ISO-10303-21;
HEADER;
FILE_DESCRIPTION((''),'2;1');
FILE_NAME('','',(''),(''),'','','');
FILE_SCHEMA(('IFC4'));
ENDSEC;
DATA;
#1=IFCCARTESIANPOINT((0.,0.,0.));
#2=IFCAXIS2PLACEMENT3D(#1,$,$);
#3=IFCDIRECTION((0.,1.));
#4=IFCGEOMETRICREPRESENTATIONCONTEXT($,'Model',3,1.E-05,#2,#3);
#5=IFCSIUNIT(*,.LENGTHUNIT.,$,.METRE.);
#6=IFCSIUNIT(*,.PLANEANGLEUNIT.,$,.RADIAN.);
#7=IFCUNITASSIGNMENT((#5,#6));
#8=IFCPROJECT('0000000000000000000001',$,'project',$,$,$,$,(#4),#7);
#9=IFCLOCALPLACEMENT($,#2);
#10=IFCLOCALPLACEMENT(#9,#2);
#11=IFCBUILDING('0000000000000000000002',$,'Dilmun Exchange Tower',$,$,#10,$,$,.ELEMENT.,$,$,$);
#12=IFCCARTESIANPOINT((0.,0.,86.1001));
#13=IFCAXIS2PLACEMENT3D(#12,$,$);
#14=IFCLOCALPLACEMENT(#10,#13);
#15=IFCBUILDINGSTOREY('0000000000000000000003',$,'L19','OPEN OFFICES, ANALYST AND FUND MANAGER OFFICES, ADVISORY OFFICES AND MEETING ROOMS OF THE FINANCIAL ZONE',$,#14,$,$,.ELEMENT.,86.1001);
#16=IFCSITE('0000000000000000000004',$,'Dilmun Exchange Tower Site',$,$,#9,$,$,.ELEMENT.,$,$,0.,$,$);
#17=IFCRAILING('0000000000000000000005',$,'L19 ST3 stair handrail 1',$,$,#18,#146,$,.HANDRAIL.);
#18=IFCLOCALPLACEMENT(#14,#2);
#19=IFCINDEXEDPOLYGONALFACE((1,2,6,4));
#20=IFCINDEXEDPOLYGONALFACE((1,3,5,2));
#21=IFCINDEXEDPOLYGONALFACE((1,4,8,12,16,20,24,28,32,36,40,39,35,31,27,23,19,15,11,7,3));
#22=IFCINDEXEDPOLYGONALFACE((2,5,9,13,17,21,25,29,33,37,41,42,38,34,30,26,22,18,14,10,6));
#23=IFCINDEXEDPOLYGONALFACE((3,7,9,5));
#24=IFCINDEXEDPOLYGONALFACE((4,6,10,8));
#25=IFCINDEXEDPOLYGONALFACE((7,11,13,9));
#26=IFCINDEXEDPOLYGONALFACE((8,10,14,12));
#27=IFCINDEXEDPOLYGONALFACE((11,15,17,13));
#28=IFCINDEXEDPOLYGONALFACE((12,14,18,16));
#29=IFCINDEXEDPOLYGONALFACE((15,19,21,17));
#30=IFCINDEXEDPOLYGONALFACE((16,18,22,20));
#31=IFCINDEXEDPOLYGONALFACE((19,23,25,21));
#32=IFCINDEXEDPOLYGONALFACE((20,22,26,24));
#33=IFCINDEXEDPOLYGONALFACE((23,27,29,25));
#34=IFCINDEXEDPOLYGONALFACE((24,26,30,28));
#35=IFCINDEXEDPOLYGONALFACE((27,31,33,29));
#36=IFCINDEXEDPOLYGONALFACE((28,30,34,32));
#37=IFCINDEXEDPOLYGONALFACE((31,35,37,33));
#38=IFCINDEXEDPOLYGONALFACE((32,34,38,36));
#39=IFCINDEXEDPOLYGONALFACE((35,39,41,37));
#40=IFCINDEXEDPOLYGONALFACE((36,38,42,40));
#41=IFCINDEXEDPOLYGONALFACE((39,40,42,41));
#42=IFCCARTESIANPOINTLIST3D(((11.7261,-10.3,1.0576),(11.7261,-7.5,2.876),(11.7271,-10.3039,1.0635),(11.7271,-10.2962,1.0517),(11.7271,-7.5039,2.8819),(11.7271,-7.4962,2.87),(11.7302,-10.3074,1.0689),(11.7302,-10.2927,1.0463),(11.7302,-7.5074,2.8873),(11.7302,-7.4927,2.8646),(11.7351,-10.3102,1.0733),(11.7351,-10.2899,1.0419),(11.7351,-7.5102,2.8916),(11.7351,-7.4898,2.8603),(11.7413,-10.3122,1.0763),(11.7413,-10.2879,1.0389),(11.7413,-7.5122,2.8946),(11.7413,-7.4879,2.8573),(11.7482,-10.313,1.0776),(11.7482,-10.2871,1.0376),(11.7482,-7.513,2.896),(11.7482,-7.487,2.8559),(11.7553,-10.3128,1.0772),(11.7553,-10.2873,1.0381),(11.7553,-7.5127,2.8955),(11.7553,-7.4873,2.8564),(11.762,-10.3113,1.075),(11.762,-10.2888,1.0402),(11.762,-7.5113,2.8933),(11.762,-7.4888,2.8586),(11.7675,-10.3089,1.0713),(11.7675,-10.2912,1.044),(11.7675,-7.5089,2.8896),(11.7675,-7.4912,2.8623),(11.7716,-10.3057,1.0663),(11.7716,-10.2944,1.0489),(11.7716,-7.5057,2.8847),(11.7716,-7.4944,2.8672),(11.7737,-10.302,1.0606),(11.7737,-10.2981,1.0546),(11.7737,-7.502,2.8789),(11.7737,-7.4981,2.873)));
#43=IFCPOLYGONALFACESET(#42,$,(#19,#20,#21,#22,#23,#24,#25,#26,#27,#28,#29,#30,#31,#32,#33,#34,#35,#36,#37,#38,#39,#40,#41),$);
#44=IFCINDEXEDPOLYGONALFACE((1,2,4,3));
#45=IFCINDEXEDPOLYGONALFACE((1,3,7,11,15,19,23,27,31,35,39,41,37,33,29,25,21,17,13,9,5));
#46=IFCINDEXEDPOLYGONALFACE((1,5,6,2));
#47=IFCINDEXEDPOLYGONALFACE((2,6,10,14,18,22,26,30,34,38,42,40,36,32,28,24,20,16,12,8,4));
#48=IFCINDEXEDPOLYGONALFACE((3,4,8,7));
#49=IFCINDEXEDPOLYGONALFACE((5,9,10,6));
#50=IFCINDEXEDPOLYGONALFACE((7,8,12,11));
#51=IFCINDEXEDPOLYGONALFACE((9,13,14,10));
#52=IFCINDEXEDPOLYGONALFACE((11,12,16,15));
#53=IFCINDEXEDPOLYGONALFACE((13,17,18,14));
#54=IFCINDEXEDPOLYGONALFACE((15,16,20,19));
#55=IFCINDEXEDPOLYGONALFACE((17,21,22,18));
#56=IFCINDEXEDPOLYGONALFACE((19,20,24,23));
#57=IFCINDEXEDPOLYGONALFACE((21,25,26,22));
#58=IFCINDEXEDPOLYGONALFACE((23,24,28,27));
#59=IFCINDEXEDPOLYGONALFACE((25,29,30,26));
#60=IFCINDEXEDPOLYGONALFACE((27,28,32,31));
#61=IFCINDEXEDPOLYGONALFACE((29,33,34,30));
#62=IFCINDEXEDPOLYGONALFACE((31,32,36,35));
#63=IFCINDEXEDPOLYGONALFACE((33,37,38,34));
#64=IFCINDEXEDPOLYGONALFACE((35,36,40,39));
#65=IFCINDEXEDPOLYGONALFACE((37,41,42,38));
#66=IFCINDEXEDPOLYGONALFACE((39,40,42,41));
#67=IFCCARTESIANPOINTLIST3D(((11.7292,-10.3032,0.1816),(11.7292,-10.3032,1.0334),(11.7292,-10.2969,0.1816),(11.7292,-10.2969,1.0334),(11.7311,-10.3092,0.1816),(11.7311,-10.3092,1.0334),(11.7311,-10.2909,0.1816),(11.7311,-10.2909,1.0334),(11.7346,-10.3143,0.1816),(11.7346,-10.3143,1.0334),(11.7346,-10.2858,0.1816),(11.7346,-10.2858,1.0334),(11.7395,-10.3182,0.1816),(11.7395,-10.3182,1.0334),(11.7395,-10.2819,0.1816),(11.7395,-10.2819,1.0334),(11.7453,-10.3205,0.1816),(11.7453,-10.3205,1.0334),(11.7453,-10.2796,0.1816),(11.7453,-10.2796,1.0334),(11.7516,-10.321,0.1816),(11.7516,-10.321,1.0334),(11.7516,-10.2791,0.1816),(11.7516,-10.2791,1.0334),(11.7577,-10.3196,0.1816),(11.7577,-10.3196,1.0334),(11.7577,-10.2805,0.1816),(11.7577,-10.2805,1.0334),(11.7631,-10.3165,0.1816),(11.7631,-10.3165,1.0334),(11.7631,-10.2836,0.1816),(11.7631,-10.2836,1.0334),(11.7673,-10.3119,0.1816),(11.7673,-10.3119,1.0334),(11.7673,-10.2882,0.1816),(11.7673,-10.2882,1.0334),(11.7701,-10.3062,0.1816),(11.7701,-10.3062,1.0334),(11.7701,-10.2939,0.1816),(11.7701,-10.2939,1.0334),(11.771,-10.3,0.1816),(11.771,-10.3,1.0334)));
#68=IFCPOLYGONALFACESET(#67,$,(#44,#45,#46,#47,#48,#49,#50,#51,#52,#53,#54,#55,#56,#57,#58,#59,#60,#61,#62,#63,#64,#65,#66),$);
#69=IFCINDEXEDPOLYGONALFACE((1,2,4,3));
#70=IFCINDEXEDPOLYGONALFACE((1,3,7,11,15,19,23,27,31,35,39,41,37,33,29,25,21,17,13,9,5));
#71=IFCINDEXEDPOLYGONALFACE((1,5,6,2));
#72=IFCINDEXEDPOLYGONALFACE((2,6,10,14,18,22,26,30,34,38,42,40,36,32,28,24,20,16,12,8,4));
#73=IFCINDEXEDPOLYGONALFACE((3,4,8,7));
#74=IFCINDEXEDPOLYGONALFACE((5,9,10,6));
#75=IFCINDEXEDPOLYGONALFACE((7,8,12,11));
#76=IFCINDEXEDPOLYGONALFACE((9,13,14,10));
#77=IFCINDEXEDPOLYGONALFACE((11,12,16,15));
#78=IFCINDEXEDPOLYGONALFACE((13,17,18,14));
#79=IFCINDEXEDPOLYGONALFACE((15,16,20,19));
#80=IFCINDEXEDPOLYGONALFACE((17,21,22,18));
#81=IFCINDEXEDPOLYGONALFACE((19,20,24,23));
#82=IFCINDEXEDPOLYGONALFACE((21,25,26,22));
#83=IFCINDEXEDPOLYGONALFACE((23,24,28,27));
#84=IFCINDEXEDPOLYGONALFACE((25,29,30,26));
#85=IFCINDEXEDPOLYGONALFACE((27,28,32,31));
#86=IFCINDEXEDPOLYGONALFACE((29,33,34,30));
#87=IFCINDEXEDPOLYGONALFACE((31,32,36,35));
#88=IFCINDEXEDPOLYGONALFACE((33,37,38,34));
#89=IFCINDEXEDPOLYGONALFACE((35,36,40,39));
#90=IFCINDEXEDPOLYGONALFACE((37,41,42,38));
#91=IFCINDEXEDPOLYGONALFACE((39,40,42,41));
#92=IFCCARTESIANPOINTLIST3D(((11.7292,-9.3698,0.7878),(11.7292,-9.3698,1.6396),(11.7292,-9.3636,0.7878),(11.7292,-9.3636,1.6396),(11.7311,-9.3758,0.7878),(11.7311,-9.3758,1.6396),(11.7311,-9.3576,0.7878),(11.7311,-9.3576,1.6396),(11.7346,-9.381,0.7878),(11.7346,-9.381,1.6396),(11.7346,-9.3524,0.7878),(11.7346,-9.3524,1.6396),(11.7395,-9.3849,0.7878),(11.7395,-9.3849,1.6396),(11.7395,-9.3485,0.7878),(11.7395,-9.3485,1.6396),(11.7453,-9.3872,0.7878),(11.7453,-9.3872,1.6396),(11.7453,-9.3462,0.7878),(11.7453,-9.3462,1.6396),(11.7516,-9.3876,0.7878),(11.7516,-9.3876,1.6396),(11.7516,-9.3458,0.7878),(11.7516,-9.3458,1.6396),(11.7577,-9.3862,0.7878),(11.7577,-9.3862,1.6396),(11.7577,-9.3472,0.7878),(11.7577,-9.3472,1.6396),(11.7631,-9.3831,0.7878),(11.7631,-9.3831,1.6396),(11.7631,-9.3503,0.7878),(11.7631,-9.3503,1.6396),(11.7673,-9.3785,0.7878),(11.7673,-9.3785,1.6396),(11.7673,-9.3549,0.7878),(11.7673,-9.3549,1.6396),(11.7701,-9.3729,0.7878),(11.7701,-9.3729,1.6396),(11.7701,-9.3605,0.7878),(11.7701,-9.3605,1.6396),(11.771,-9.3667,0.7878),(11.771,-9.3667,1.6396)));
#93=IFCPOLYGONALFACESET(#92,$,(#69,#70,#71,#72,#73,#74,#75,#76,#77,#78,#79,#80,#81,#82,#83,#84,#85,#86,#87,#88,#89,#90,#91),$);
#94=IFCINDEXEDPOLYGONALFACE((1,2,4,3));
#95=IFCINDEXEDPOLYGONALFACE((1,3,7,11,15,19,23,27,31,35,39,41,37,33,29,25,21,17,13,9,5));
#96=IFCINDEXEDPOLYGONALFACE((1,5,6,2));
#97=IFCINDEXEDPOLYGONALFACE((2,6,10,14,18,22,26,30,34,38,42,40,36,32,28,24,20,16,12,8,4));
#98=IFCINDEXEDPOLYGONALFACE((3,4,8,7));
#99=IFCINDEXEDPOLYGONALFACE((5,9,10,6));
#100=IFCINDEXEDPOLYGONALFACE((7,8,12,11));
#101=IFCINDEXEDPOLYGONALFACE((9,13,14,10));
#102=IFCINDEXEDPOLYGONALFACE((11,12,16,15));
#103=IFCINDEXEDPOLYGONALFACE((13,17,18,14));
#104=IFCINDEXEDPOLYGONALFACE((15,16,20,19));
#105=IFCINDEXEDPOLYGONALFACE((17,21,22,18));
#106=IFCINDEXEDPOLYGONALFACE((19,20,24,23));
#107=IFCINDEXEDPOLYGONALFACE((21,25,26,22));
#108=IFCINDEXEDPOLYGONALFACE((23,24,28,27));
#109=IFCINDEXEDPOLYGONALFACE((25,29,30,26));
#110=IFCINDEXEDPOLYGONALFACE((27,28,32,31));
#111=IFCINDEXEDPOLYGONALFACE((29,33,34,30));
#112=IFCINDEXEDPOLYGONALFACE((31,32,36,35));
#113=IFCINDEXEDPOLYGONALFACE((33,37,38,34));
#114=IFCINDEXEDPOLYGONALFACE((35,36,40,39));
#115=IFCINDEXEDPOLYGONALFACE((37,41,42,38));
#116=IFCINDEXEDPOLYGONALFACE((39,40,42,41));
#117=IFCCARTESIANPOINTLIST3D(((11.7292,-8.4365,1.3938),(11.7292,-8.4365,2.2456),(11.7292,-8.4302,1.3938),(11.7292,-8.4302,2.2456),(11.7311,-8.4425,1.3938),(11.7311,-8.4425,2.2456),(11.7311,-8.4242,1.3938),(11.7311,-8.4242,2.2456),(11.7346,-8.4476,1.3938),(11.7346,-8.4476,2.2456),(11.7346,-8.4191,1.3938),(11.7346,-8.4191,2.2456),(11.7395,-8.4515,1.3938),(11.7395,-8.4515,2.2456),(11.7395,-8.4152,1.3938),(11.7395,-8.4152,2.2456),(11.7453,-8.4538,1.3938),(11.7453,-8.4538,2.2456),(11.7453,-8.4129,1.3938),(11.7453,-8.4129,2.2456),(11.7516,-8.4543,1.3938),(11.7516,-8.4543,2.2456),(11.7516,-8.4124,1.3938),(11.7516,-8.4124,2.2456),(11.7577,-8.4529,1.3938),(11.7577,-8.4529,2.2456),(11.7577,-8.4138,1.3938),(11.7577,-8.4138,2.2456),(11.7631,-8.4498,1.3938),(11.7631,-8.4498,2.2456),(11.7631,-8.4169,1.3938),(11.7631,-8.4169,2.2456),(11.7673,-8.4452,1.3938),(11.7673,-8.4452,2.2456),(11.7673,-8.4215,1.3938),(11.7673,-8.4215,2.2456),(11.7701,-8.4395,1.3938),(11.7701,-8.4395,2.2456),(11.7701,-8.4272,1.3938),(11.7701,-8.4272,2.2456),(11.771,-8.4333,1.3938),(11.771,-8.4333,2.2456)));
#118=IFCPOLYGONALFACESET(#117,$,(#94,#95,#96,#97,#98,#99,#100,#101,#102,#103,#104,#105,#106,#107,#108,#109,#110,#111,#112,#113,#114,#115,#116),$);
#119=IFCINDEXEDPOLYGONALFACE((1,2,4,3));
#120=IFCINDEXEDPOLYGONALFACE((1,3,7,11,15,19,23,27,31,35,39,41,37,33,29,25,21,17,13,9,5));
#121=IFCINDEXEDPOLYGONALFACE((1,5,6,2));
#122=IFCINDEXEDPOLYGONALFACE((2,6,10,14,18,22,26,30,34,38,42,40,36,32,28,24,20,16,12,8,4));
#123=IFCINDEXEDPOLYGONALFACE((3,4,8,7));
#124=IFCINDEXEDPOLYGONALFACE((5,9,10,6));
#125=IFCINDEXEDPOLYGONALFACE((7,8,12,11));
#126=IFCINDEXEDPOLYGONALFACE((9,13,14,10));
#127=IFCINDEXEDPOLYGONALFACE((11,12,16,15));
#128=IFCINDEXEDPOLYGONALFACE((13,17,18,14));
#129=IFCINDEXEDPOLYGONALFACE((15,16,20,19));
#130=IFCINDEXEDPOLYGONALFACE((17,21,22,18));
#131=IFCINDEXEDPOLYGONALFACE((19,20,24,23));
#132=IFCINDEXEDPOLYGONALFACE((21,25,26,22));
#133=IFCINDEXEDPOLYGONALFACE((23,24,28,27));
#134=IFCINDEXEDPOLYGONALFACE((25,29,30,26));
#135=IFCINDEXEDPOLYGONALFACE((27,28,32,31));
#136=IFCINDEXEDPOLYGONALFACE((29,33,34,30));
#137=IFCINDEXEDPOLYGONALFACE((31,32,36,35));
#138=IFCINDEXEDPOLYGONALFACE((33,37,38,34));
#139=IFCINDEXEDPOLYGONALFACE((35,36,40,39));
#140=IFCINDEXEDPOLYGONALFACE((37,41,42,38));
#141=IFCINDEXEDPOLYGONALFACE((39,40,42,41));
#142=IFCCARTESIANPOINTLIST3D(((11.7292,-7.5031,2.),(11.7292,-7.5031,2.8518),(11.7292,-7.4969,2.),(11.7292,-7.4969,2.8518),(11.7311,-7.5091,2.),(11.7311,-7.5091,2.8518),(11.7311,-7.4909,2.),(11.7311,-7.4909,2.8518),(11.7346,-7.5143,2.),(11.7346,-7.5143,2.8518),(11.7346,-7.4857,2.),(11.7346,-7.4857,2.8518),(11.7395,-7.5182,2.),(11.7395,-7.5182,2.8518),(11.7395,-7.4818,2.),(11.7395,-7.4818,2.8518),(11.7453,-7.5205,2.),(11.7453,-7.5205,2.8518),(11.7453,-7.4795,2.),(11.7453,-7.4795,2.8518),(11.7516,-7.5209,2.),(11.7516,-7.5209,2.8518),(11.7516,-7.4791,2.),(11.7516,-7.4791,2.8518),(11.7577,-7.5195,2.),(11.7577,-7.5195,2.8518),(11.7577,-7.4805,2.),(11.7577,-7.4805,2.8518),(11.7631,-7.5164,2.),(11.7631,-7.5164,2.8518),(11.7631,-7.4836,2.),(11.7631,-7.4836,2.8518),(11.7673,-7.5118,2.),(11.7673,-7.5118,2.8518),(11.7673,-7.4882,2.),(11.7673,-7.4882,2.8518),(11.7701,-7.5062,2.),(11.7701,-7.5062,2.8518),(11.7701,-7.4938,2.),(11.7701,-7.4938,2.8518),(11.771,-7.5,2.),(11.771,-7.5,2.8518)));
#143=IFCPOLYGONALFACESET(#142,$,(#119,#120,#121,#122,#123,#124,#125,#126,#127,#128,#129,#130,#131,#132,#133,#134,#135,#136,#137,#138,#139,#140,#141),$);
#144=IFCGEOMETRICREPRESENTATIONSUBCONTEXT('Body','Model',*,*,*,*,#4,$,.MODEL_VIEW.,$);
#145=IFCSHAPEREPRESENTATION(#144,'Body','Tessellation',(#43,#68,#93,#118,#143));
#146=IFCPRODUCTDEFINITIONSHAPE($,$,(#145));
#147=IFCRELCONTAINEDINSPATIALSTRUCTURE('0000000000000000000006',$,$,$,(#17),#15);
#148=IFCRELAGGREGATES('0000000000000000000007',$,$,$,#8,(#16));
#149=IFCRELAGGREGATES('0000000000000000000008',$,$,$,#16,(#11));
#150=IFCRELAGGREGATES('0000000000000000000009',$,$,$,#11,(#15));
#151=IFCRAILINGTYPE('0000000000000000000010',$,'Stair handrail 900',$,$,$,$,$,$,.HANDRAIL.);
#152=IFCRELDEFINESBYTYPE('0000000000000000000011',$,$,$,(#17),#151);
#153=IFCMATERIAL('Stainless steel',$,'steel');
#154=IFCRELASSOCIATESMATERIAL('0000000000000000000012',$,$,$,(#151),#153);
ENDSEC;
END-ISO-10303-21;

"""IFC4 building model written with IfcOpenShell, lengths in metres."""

from ifc_helpers import new_model, si_unit, direction, frame, origin, origin_2d, place, context, subcontext, project, spatial, circle, extrude, material, type_object, element, save


model = new_model("IFC4")

# Units and contexts
model_context = context("Model", 3, precision=1e-05, world=origin(), true_north=direction((0.0, 1.0)))
body_context = subcontext(model_context, "Body", "Model", "MODEL_VIEW")
ifc_project = project(units=[si_unit("LENGTHUNIT", "METRE"), si_unit("PLANEANGLEUNIT", "RADIAN")], contexts=[model_context])

# Site, building, storey
site_placement = place(None, origin())
site = spatial("IfcSite", under=ifc_project, at=site_placement, Name="Dilmun Exchange Tower Site", CompositionType="ELEMENT", RefElevation=0.0)
building_placement = place(site_placement, origin())
building = spatial("IfcBuilding", under=site, at=building_placement, Name="Dilmun Exchange Tower", CompositionType="ELEMENT")
storey_placement = place(building_placement, frame((0.0, 0.0, 86.1001)))
storey = spatial("IfcBuildingStorey", under=building, at=storey_placement, Name="L19", Description="OPEN OFFICES, ANALYST AND FUND MANAGER OFFICES, ADVISORY OFFICES AND MEETING ROOMS OF THE FINANCIAL ZONE", CompositionType="ELEMENT", Elevation=86.1001)

# Railing
ifc_material_1 = material(Name="Stainless steel", Category="steel")
railing_type = type_object("IfcRailingType", Name="Stair handrail 900", PredefinedType="HANDRAIL", material=ifc_material_1)
for number, where, name in (
    (1, (11.75, -10.3, 0.1816), "L19 ST3 stair handrail 1"),
):
    element("IfcRailing", number, at=place(storey_placement, frame(where)), inside=storey, type_object=railing_type, Name=name, PredefinedType="HANDRAIL", context=body_context, shape_type="SweptSolid", body=[
        extrude(circle(Radius=0.0239, at=origin_2d()), frame((0.0, 0.0, 0.876), z_axis=(0.0, 0.838672, 0.544636), x_axis=(-1.0, 0.0, 0.0)), (0.0, 0.0, 1.0), 3.3386),
        extrude(circle(Radius=0.021, at=origin_2d()), origin(), (0.0, 0.0, 1.0), 0.8518),
        extrude(circle(Radius=0.021, at=origin_2d()), frame((0.0, 0.9333, 0.6062)), (0.0, 0.0, 1.0), 0.8518),
        extrude(circle(Radius=0.021, at=origin_2d()), frame((0.0, 1.8667, 1.2122)), (0.0, 0.0, 1.0), 0.8518),
        extrude(circle(Radius=0.021, at=origin_2d()), frame((0.0, 2.8, 1.8184)), (0.0, 0.0, 1.0), 0.8518),
    ])

save(model, "model.ifc")
